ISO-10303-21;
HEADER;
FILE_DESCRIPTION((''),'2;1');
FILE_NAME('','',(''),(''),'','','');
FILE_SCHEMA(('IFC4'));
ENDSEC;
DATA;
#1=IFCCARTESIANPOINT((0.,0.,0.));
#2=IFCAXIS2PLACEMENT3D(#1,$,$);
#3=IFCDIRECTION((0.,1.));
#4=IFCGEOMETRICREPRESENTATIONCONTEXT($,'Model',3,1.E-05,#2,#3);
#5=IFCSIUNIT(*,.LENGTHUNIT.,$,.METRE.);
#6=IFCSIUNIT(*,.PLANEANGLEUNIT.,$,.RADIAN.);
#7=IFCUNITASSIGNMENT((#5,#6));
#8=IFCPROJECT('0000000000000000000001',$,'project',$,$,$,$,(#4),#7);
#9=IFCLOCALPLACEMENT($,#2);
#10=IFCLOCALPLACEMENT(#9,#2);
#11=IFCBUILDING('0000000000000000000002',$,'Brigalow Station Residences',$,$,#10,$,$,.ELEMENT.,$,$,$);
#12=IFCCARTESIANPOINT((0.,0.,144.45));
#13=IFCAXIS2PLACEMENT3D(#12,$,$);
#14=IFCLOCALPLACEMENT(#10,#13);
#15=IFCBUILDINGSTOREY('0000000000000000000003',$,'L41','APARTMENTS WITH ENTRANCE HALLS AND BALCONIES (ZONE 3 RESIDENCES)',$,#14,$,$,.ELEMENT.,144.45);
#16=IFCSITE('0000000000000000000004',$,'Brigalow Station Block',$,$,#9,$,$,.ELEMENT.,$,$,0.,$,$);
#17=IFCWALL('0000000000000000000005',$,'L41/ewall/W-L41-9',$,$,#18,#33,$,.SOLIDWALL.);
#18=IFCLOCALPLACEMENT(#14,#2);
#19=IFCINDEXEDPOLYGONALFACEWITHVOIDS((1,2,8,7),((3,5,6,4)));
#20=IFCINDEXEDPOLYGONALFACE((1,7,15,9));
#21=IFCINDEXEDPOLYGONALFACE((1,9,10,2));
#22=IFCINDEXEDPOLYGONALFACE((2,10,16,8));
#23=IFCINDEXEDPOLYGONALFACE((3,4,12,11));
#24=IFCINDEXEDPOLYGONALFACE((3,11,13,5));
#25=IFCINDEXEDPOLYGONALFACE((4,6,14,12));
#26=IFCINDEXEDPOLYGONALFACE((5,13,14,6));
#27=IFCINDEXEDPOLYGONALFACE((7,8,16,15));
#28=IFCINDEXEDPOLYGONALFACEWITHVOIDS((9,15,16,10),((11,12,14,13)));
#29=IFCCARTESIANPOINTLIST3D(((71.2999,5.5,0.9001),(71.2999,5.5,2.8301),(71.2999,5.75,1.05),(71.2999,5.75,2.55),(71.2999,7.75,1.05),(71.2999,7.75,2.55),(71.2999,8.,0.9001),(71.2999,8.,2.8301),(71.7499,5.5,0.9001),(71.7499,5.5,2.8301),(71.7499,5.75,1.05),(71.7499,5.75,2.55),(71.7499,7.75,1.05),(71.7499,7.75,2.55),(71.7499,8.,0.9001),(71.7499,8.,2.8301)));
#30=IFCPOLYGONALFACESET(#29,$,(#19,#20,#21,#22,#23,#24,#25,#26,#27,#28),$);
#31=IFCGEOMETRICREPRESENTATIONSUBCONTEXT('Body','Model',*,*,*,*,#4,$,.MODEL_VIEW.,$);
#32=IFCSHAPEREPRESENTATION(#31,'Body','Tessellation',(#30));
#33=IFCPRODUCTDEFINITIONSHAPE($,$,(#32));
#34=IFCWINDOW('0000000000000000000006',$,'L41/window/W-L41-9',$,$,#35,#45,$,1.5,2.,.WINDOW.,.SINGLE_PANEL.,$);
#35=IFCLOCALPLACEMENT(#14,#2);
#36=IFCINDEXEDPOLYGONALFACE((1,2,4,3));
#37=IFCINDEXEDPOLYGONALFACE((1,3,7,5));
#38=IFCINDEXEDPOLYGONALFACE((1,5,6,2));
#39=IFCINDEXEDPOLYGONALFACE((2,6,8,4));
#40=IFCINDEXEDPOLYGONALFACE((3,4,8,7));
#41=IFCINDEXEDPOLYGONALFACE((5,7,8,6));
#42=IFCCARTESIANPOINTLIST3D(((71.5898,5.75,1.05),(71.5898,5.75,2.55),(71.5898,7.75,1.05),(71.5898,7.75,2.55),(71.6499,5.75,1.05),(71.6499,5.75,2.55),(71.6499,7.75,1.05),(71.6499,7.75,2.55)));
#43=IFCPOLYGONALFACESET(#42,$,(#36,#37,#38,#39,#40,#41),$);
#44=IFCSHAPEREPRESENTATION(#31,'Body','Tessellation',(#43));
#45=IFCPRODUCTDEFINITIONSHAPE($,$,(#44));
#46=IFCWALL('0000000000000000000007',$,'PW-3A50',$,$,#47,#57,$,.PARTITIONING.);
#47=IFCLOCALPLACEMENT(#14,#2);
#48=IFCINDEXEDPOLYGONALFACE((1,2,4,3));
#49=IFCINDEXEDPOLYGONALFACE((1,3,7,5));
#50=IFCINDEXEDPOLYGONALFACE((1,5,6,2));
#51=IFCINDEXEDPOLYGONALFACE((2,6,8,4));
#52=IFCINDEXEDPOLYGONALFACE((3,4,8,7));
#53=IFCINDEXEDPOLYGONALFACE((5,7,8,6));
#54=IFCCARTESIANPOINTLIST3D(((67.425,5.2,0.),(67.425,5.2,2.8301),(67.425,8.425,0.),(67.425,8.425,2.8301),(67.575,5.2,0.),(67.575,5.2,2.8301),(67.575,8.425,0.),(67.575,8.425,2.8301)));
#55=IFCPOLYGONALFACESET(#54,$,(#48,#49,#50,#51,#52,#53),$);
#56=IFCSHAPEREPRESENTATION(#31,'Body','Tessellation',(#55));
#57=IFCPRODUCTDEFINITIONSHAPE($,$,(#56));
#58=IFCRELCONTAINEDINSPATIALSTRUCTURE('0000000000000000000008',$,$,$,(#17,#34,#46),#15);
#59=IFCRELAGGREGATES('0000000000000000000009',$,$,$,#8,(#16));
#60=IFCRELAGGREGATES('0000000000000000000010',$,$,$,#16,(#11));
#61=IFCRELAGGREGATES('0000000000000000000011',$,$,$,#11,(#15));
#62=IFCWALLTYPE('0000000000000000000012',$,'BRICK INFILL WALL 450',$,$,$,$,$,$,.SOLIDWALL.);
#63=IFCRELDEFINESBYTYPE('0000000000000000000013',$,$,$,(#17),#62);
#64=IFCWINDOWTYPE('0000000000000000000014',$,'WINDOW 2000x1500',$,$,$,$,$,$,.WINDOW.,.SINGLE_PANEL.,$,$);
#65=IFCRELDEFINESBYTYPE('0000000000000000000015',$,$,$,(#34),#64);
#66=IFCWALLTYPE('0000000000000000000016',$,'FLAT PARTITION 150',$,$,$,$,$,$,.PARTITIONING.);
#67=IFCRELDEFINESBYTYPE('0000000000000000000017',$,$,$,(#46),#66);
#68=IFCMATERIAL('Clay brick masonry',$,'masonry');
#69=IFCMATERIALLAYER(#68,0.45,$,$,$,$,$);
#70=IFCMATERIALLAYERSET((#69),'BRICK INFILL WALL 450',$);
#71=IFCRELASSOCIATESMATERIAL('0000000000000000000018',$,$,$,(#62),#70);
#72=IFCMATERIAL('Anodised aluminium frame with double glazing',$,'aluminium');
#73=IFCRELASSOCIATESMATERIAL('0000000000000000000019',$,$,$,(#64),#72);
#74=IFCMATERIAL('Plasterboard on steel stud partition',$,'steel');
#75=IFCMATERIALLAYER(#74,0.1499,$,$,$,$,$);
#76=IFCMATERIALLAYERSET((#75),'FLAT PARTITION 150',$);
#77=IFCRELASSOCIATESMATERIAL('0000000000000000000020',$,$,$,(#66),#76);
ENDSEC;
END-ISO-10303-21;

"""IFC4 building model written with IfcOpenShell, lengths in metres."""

from ifc_helpers import new_model, si_unit, direction, frame, frame_2d, origin, place, context, subcontext, project, spatial, rectangle, extrude, material, layer, layer_set, type_object, element, fill, save


model = new_model("IFC4")

# Units and contexts
model_context = context("Model", 3, precision=1e-05, world=origin(), true_north=direction((0.0, 1.0)))
body_context = subcontext(model_context, "Body", "Model", "MODEL_VIEW")
ifc_project = project(units=[si_unit("LENGTHUNIT", "METRE"), si_unit("PLANEANGLEUNIT", "RADIAN")], contexts=[model_context])

# Site, building, storey
site_placement = place(None, origin())
site = spatial("IfcSite", under=ifc_project, at=site_placement, Name="Brigalow Station Block", CompositionType="ELEMENT", RefElevation=0.0)
building_placement = place(site_placement, origin())
building = spatial("IfcBuilding", under=site, at=building_placement, Name="Brigalow Station Residences", CompositionType="ELEMENT")
storey_placement = place(building_placement, frame((0.0, 0.0, 144.45)))
storey = spatial("IfcBuildingStorey", under=building, at=storey_placement, Name="L41", Description="APARTMENTS WITH ENTRANCE HALLS AND BALCONIES (ZONE 3 RESIDENCES)", CompositionType="ELEMENT", Elevation=144.45)

# Wall, opening, window
ifc_material_1 = material(Name="Clay brick masonry", Category="masonry")
ifc_layer_1 = layer(ifc_material_1, 0.45)
ifc_layer_set_1 = layer_set([ifc_layer_1], Name="BRICK INFILL WALL 450")
wall_type_1 = type_object("IfcWallType", Name="BRICK INFILL WALL 450", PredefinedType="SOLIDWALL", material=ifc_layer_set_1)
wall_1_placement = place(storey_placement, frame((71.5249, 5.5, 0.9001), z_axis=(0.0, 0.0, 1.0), x_axis=(0.0, 1.0, 0.0)))
wall_1 = element("IfcWall", 1, at=wall_1_placement, inside=storey, type_object=wall_type_1, Name="L41/ewall/W-L41-9", PredefinedType="SOLIDWALL", context=body_context, shape_type="SweptSolid", body=[
    extrude(rectangle(XDim=2.5, YDim=0.45, at=frame_2d((1.25, 0.0))), origin(), (0.0, 0.0, 1.0), 1.9299),
])
opening_1_placement = place(wall_1_placement, frame((0.25, 0.0, 0.1499)))
opening_1 = element("IfcOpeningElement", 2, at=opening_1_placement, cuts=wall_1, PredefinedType="OPENING", context=body_context, shape_type="SweptSolid", body=[
    extrude(rectangle(XDim=2.0, YDim=1.5, at=frame_2d((1.0, 0.75))), frame((0.0, 0.2349, 0.0), z_axis=(0.0, -1.0, 0.0), x_axis=(1.0, 0.0, 0.0)), (0.0, 0.0, 1.0), 0.47),
])
ifc_material_2 = material(Name="Anodised aluminium frame with double glazing", Category="aluminium")
window_type_1 = type_object("IfcWindowType", Name="WINDOW 2000x1500", PartitioningType="SINGLE_PANEL", PredefinedType="WINDOW", material=ifc_material_2)
window_1_placement = place(opening_1_placement, origin())
window_1 = element("IfcWindow", 3, at=window_1_placement, inside=storey, type_object=window_type_1, Name="L41/window/W-L41-9", OverallHeight=1.5, OverallWidth=2.0, PartitioningType="SINGLE_PANEL", PredefinedType="WINDOW", context=body_context, shape_type="SweptSolid", body=[
    extrude(rectangle(XDim=2.0, YDim=1.5, at=frame_2d((1.0, 0.75))), frame((0.0, -0.0649, 0.0), z_axis=(0.0, -1.0, 0.0), x_axis=(1.0, 0.0, 0.0)), (0.0, 0.0, 1.0), 0.0601),
])
fill(opening_1, window_1)

# Wall
ifc_material_3 = material(Name="Plasterboard on steel stud partition", Category="steel")
ifc_layer_2 = layer(ifc_material_3, 0.1499)
ifc_layer_set_2 = layer_set([ifc_layer_2], Name="FLAT PARTITION 150")
wall_type_2 = type_object("IfcWallType", Name="FLAT PARTITION 150", PredefinedType="PARTITIONING", material=ifc_layer_set_2)
wall_2_placement = place(storey_placement, frame((67.5, 5.2, 0.0), z_axis=(0.0, 0.0, 1.0), x_axis=(0.0, 1.0, 0.0)))
element("IfcWall", 4, at=wall_2_placement, inside=storey, type_object=wall_type_2, Name="PW-3A50", PredefinedType="PARTITIONING", context=body_context, shape_type="SweptSolid", body=[
    extrude(rectangle(XDim=3.2251, YDim=0.1499, at=frame_2d((1.6125, 0.0))), origin(), (0.0, 0.0, 1.0), 2.8301),
])

save(model, "model.ifc")
